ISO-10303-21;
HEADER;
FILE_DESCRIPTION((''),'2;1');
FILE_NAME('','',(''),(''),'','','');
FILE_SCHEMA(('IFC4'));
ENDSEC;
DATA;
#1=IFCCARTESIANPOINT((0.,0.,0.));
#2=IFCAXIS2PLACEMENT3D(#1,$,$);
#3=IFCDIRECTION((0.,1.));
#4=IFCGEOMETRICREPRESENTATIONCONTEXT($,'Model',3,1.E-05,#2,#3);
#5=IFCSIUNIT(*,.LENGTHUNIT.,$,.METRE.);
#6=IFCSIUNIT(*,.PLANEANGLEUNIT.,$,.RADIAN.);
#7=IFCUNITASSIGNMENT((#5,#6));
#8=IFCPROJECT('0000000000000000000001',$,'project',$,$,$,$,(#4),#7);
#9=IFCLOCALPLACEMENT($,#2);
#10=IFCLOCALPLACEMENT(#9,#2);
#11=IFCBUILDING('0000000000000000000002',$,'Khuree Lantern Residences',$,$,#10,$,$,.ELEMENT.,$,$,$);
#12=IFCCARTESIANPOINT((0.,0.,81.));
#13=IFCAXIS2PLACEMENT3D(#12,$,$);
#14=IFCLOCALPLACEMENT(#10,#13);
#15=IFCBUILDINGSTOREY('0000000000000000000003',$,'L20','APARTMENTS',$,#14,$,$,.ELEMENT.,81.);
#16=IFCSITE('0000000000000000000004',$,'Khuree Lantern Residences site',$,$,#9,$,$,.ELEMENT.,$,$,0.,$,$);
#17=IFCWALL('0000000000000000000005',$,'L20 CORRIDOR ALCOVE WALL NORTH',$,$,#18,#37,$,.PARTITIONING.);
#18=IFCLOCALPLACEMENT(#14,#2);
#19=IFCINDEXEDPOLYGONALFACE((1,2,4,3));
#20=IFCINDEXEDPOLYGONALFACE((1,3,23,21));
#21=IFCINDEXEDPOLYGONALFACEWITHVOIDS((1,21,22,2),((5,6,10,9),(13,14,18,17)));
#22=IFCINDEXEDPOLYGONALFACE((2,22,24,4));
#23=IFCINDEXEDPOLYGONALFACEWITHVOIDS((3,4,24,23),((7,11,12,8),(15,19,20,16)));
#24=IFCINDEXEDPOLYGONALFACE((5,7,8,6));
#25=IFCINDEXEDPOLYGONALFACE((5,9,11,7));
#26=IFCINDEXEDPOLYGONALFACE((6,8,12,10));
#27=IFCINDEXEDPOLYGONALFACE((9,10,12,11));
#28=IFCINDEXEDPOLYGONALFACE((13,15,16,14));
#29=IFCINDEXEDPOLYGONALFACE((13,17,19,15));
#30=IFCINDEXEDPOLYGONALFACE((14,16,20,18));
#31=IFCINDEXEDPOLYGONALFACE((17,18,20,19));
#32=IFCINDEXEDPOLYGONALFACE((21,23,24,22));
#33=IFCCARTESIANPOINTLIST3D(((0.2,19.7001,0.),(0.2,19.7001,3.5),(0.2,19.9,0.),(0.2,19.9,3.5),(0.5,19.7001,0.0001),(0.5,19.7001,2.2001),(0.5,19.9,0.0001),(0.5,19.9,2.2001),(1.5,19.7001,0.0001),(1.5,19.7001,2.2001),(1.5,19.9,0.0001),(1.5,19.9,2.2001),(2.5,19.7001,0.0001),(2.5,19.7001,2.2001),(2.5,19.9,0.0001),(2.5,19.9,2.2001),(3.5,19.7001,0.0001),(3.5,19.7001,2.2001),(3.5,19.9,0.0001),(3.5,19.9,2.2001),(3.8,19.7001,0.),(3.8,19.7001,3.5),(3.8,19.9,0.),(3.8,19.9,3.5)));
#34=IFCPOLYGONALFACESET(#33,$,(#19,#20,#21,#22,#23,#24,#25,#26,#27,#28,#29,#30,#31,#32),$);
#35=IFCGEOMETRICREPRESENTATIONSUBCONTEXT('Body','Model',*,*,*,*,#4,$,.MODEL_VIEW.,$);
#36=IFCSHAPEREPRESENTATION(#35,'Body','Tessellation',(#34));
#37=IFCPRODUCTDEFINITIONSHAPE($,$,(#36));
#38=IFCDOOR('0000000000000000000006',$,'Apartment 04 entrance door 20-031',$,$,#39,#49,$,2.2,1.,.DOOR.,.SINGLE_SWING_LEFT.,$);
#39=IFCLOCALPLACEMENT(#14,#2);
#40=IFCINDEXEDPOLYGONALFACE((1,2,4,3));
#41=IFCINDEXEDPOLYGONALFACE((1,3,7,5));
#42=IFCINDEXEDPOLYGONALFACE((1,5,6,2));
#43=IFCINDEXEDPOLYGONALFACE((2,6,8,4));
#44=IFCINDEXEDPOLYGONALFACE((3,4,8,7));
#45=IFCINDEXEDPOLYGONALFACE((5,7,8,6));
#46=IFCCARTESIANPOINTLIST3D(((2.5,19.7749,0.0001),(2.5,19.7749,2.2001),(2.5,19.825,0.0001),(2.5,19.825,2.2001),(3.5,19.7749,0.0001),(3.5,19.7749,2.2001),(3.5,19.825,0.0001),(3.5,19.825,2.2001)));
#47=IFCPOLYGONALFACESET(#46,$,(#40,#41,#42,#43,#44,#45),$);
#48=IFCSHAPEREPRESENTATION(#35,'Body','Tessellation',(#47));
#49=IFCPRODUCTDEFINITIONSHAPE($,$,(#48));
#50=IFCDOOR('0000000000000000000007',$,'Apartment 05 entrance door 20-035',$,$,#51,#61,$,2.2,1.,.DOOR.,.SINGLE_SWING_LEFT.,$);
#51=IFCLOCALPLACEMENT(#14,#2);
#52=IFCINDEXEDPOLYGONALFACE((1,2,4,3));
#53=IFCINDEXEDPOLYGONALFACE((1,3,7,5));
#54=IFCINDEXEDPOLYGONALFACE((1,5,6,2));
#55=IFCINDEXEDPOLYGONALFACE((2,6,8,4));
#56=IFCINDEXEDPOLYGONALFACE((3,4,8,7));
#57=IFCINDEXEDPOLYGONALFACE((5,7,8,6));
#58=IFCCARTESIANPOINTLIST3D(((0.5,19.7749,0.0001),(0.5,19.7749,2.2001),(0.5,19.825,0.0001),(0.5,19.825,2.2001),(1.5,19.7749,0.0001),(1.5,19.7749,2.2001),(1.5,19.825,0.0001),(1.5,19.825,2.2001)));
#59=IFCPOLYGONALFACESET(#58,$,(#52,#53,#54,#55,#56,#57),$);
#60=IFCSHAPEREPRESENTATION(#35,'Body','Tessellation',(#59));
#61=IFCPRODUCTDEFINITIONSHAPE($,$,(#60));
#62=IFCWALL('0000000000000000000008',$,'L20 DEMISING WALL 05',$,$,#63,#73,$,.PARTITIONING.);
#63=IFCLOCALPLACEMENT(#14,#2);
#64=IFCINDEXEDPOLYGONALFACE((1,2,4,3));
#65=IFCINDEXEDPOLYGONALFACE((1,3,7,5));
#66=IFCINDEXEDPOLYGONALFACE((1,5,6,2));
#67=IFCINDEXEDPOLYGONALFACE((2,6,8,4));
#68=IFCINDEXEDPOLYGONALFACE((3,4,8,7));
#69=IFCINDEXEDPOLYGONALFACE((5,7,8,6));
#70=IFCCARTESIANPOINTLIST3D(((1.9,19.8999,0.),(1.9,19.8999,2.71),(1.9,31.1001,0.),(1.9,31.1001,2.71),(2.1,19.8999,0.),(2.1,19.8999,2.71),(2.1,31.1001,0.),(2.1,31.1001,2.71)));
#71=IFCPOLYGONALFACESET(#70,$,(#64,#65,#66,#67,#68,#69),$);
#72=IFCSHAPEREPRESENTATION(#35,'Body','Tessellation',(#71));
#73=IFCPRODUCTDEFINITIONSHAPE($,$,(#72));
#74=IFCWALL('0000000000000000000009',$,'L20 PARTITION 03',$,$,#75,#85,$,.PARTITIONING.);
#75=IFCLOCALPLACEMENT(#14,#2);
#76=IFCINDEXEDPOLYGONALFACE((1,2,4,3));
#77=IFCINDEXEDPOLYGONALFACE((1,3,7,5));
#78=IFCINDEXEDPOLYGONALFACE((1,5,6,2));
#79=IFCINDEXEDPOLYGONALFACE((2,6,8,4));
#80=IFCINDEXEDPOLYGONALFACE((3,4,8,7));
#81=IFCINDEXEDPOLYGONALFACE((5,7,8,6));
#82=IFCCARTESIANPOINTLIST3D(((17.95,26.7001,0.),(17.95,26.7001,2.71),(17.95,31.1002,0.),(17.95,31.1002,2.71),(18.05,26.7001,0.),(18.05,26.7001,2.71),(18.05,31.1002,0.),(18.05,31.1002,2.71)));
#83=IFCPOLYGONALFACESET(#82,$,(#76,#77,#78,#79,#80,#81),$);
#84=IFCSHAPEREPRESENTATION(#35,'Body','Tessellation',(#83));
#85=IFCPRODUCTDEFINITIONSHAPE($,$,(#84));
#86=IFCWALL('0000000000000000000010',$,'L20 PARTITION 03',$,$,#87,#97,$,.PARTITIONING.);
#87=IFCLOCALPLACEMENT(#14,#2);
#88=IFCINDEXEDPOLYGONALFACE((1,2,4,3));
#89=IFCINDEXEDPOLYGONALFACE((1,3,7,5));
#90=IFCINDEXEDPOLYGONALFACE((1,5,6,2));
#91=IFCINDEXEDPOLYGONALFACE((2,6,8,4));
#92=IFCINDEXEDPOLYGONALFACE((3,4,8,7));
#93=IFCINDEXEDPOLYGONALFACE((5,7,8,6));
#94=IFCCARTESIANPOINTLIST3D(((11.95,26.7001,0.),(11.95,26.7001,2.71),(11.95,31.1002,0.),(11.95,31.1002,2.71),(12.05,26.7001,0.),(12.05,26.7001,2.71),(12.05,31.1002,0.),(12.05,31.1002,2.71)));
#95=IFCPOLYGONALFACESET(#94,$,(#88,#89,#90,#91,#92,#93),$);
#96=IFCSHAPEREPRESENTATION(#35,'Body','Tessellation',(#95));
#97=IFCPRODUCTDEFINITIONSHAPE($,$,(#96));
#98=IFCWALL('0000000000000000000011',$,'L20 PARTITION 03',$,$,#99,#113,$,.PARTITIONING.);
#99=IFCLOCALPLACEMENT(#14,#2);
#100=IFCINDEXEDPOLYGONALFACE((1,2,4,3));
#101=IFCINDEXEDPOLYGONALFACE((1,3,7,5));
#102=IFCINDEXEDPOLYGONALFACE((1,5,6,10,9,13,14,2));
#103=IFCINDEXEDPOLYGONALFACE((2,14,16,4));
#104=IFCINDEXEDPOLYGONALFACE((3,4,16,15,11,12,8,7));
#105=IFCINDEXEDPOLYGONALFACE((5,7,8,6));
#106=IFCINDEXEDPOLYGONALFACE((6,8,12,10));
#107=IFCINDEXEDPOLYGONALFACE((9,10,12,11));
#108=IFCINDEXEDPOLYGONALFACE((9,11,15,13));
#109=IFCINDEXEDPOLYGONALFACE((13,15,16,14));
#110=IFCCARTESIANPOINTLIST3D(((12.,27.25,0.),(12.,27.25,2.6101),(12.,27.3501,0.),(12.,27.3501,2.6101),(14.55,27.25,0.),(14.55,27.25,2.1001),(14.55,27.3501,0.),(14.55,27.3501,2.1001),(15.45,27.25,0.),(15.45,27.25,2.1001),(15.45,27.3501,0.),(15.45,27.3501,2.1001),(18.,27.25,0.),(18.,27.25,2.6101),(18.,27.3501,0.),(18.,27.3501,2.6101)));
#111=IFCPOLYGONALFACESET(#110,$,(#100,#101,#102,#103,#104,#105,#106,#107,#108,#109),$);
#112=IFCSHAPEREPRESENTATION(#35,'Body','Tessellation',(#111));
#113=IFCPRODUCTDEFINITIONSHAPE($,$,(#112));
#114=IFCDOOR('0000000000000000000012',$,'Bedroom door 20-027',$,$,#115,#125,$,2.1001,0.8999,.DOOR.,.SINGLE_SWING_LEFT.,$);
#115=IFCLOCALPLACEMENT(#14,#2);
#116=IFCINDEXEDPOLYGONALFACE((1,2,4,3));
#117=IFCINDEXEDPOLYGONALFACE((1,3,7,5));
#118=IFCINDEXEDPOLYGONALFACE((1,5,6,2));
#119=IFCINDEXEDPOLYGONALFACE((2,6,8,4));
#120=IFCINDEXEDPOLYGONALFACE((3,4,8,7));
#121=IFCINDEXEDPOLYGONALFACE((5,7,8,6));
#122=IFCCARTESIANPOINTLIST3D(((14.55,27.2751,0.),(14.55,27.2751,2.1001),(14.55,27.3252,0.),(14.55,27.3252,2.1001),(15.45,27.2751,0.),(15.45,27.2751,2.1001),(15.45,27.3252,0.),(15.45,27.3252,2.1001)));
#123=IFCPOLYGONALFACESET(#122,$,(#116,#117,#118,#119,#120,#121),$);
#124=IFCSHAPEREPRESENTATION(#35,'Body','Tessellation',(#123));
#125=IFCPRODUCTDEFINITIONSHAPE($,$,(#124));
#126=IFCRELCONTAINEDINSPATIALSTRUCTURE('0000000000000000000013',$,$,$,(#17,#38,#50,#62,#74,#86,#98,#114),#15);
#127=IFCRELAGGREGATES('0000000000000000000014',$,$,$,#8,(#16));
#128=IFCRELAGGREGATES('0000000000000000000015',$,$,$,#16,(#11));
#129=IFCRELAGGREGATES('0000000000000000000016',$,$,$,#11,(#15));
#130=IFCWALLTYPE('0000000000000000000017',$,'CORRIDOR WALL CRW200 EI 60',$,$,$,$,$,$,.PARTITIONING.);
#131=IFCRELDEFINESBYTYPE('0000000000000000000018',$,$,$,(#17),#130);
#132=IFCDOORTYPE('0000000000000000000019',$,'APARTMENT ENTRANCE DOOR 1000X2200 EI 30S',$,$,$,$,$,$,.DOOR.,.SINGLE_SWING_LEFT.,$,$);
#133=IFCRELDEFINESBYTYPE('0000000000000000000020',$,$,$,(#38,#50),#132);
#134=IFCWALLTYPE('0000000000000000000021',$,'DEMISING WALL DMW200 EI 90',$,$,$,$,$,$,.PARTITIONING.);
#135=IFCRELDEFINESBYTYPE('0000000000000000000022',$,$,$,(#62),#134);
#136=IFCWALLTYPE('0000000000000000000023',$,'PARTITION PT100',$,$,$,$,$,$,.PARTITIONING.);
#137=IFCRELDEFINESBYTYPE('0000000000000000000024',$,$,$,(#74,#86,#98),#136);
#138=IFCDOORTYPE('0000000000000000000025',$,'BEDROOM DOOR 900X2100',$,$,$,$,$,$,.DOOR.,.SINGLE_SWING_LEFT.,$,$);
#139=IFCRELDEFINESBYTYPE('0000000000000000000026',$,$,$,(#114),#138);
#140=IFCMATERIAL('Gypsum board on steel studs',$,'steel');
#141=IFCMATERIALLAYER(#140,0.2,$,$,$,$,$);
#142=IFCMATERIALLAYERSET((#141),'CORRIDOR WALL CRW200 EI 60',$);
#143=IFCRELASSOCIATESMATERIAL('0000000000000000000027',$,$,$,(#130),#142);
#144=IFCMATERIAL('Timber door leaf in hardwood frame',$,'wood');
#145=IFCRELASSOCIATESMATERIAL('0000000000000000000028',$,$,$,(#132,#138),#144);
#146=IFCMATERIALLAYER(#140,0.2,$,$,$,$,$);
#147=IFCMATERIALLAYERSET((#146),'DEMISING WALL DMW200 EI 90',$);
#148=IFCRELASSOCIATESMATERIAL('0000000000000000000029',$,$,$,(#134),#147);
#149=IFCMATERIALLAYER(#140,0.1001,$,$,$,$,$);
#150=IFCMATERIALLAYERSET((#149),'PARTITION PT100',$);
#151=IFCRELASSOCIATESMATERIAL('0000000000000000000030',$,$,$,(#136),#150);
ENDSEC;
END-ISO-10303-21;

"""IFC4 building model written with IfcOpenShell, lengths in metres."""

from ifc_helpers import new_model, si_unit, direction, frame, frame_2d, origin, place, context, subcontext, project, spatial, rectangle, extrude, material, layer, layer_set, type_object, element, fill, save


model = new_model("IFC4")

# Units and contexts
model_context = context("Model", 3, precision=1e-05, world=origin(), true_north=direction((0.0, 1.0)))
body_context = subcontext(model_context, "Body", "Model", "MODEL_VIEW")
ifc_project = project(units=[si_unit("LENGTHUNIT", "METRE"), si_unit("PLANEANGLEUNIT", "RADIAN")], contexts=[model_context])

# Site, building, storey
site_placement = place(None, origin())
site = spatial("IfcSite", under=ifc_project, at=site_placement, Name="Khuree Lantern Residences site", CompositionType="ELEMENT", RefElevation=0.0)
building_placement = place(site_placement, origin())
building = spatial("IfcBuilding", under=site, at=building_placement, Name="Khuree Lantern Residences", CompositionType="ELEMENT")
storey_placement = place(building_placement, frame((0.0, 0.0, 81.0)))
storey = spatial("IfcBuildingStorey", under=building, at=storey_placement, Name="L20", Description="APARTMENTS", CompositionType="ELEMENT", Elevation=81.0)

# Shared definitions
ifc_material_1 = material(Name="Timber door leaf in hardwood frame", Category="wood")

# Wall, openings, doors
ifc_material_2 = material(Name="Gypsum board on steel studs", Category="steel")
ifc_layer_1 = layer(ifc_material_2, 0.2)
ifc_layer_set_1 = layer_set([ifc_layer_1], Name="CORRIDOR WALL CRW200 EI 60")
wall_type_1 = type_object("IfcWallType", Name="CORRIDOR WALL CRW200 EI 60", PredefinedType="PARTITIONING", material=ifc_layer_set_1)
wall_1_placement = place(storey_placement, frame((0.2, 19.8, 0.0), z_axis=(0.0, 0.0, 1.0), x_axis=(1.0, 0.0, 0.0)))
wall_1 = element("IfcWall", 1, at=wall_1_placement, inside=storey, type_object=wall_type_1, Name="L20 CORRIDOR ALCOVE WALL NORTH", PredefinedType="PARTITIONING", context=body_context, shape_type="SweptSolid", body=[
    extrude(rectangle(XDim=3.6001, YDim=0.2, at=frame_2d((1.8, 0.0))), origin(), (0.0, 0.0, 1.0), 3.5),
])
opening_1_placement = place(wall_1_placement, frame((2.3, 0.0, 0.0)))
opening_1 = element("IfcOpeningElement", 2, at=opening_1_placement, cuts=wall_1, PredefinedType="OPENING", context=body_context, shape_type="SweptSolid", body=[
    extrude(rectangle(XDim=1.0, YDim=2.2, at=frame_2d((0.5, 1.1001))), frame((0.0, 0.1099, 0.0), z_axis=(0.0, -1.0, 0.0), x_axis=(1.0, 0.0, 0.0)), (0.0, 0.0, 1.0), 0.22),
])
opening_2_placement = place(wall_1_placement, frame((0.3, 0.0, 0.0)))
opening_2 = element("IfcOpeningElement", 3, at=opening_2_placement, cuts=wall_1, PredefinedType="OPENING", context=body_context, shape_type="SweptSolid", body=[
    extrude(rectangle(XDim=1.0, YDim=2.2, at=frame_2d((0.5, 1.1001))), frame((0.0, 0.1099, 0.0), z_axis=(0.0, -1.0, 0.0), x_axis=(1.0, 0.0, 0.0)), (0.0, 0.0, 1.0), 0.22),
])
door_type_1 = type_object("IfcDoorType", Name="APARTMENT ENTRANCE DOOR 1000X2200 EI 30S", OperationType="SINGLE_SWING_LEFT", PredefinedType="DOOR", material=ifc_material_1)
door_1_placement = place(opening_1_placement, origin())
door_1 = element("IfcDoor", 4, at=door_1_placement, inside=storey, type_object=door_type_1, Name="Apartment 04 entrance door 20-031", OperationType="SINGLE_SWING_LEFT", OverallHeight=2.2, OverallWidth=1.0, PredefinedType="DOOR", context=body_context, shape_type="SweptSolid", body=[
    extrude(rectangle(XDim=1.0, YDim=2.2, at=frame_2d((0.5, 1.1001))), frame((0.0, 0.0249, 0.0), z_axis=(0.0, -1.0, 0.0), x_axis=(1.0, 0.0, 0.0)), (0.0, 0.0, 1.0), 0.05),
])
fill(opening_1, door_1)
door_2_placement = place(opening_2_placement, origin())
door_2 = element("IfcDoor", 5, at=door_2_placement, inside=storey, type_object=door_type_1, Name="Apartment 05 entrance door 20-035", OperationType="SINGLE_SWING_LEFT", OverallHeight=2.2, OverallWidth=1.0, PredefinedType="DOOR", context=body_context, shape_type="SweptSolid", body=[
    extrude(rectangle(XDim=1.0, YDim=2.2, at=frame_2d((0.5, 1.1001))), frame((0.0, 0.0249, 0.0), z_axis=(0.0, -1.0, 0.0), x_axis=(1.0, 0.0, 0.0)), (0.0, 0.0, 1.0), 0.05),
])
fill(opening_2, door_2)

# Walls
ifc_layer_2 = layer(ifc_material_2, 0.2)
ifc_layer_set_2 = layer_set([ifc_layer_2], Name="DEMISING WALL DMW200 EI 90")
wall_type_2 = type_object("IfcWallType", Name="DEMISING WALL DMW200 EI 90", PredefinedType="PARTITIONING", material=ifc_layer_set_2)
wall_2_placement = place(storey_placement, frame((2.0, 19.8999, 0.0), z_axis=(0.0, 0.0, 1.0), x_axis=(0.0, 1.0, 0.0)))
element("IfcWall", 6, at=wall_2_placement, inside=storey, type_object=wall_type_2, Name="L20 DEMISING WALL 05", PredefinedType="PARTITIONING", context=body_context, shape_type="SweptSolid", body=[
    extrude(rectangle(XDim=11.2002, YDim=0.2, at=frame_2d((5.6001, 0.0))), origin(), (0.0, 0.0, 1.0), 2.71),
])
ifc_layer_3 = layer(ifc_material_2, 0.1001)
ifc_layer_set_3 = layer_set([ifc_layer_3], Name="PARTITION PT100")
wall_type_3 = type_object("IfcWallType", Name="PARTITION PT100", PredefinedType="PARTITIONING", material=ifc_layer_set_3)
for number, where, z_axis, x_axis, name in (
    (7, (18.0, 26.7, 0.0), (0.0, 0.0, 1.0), (0.0, 1.0, 0.0), "L20 PARTITION 03"),
    (8, (12.0, 26.7, 0.0), (0.0, 0.0, 1.0), (0.0, 1.0, 0.0), "L20 PARTITION 03"),
):
    element("IfcWall", number, at=place(storey_placement, frame(where, z_axis=z_axis, x_axis=x_axis)), inside=storey, type_object=wall_type_3, Name=name, PredefinedType="PARTITIONING", context=body_context, shape_type="SweptSolid", body=[
        extrude(rectangle(XDim=4.4001, YDim=0.1001, at=frame_2d((2.2002, 0.0))), origin(), (0.0, 0.0, 1.0), 2.71),
    ])

# Wall, opening, door
wall_3_placement = place(storey_placement, frame((18.0, 27.3, 0.0), z_axis=(0.0, 0.0, 1.0), x_axis=(-1.0, 0.0, 0.0)))
wall_3 = element("IfcWall", 9, at=wall_3_placement, inside=storey, type_object=wall_type_3, Name="L20 PARTITION 03", PredefinedType="PARTITIONING", context=body_context, shape_type="SweptSolid", body=[
    extrude(rectangle(XDim=6.0, YDim=0.1001, at=frame_2d((3.0, 0.0))), origin(), (0.0, 0.0, 1.0), 2.6101),
])
opening_3_placement = place(wall_3_placement, frame((2.55, 0.0, 0.0)))
opening_3 = element("IfcOpeningElement", 10, at=opening_3_placement, cuts=wall_3, PredefinedType="OPENING", context=body_context, shape_type="SweptSolid", body=[
    extrude(rectangle(XDim=0.8999, YDim=2.1001, at=frame_2d((0.45, 1.05))), frame((0.0, 0.0601, 0.0), z_axis=(0.0, -1.0, 0.0), x_axis=(1.0, 0.0, 0.0)), (0.0, 0.0, 1.0), 0.1201),
])
door_type_2 = type_object("IfcDoorType", Name="BEDROOM DOOR 900X2100", OperationType="SINGLE_SWING_LEFT", PredefinedType="DOOR", material=ifc_material_1)
door_3_placement = place(opening_3_placement, origin())
door_3 = element("IfcDoor", 11, at=door_3_placement, inside=storey, type_object=door_type_2, Name="Bedroom door 20-027", OperationType="SINGLE_SWING_LEFT", OverallHeight=2.1001, OverallWidth=0.8999, PredefinedType="DOOR", context=body_context, shape_type="SweptSolid", body=[
    extrude(rectangle(XDim=0.8999, YDim=2.1001, at=frame_2d((0.45, 1.05))), frame((0.0, 0.0249, 0.0), z_axis=(0.0, -1.0, 0.0), x_axis=(1.0, 0.0, 0.0)), (0.0, 0.0, 1.0), 0.05),
])
fill(opening_3, door_3)

save(model, "model.ifc")
